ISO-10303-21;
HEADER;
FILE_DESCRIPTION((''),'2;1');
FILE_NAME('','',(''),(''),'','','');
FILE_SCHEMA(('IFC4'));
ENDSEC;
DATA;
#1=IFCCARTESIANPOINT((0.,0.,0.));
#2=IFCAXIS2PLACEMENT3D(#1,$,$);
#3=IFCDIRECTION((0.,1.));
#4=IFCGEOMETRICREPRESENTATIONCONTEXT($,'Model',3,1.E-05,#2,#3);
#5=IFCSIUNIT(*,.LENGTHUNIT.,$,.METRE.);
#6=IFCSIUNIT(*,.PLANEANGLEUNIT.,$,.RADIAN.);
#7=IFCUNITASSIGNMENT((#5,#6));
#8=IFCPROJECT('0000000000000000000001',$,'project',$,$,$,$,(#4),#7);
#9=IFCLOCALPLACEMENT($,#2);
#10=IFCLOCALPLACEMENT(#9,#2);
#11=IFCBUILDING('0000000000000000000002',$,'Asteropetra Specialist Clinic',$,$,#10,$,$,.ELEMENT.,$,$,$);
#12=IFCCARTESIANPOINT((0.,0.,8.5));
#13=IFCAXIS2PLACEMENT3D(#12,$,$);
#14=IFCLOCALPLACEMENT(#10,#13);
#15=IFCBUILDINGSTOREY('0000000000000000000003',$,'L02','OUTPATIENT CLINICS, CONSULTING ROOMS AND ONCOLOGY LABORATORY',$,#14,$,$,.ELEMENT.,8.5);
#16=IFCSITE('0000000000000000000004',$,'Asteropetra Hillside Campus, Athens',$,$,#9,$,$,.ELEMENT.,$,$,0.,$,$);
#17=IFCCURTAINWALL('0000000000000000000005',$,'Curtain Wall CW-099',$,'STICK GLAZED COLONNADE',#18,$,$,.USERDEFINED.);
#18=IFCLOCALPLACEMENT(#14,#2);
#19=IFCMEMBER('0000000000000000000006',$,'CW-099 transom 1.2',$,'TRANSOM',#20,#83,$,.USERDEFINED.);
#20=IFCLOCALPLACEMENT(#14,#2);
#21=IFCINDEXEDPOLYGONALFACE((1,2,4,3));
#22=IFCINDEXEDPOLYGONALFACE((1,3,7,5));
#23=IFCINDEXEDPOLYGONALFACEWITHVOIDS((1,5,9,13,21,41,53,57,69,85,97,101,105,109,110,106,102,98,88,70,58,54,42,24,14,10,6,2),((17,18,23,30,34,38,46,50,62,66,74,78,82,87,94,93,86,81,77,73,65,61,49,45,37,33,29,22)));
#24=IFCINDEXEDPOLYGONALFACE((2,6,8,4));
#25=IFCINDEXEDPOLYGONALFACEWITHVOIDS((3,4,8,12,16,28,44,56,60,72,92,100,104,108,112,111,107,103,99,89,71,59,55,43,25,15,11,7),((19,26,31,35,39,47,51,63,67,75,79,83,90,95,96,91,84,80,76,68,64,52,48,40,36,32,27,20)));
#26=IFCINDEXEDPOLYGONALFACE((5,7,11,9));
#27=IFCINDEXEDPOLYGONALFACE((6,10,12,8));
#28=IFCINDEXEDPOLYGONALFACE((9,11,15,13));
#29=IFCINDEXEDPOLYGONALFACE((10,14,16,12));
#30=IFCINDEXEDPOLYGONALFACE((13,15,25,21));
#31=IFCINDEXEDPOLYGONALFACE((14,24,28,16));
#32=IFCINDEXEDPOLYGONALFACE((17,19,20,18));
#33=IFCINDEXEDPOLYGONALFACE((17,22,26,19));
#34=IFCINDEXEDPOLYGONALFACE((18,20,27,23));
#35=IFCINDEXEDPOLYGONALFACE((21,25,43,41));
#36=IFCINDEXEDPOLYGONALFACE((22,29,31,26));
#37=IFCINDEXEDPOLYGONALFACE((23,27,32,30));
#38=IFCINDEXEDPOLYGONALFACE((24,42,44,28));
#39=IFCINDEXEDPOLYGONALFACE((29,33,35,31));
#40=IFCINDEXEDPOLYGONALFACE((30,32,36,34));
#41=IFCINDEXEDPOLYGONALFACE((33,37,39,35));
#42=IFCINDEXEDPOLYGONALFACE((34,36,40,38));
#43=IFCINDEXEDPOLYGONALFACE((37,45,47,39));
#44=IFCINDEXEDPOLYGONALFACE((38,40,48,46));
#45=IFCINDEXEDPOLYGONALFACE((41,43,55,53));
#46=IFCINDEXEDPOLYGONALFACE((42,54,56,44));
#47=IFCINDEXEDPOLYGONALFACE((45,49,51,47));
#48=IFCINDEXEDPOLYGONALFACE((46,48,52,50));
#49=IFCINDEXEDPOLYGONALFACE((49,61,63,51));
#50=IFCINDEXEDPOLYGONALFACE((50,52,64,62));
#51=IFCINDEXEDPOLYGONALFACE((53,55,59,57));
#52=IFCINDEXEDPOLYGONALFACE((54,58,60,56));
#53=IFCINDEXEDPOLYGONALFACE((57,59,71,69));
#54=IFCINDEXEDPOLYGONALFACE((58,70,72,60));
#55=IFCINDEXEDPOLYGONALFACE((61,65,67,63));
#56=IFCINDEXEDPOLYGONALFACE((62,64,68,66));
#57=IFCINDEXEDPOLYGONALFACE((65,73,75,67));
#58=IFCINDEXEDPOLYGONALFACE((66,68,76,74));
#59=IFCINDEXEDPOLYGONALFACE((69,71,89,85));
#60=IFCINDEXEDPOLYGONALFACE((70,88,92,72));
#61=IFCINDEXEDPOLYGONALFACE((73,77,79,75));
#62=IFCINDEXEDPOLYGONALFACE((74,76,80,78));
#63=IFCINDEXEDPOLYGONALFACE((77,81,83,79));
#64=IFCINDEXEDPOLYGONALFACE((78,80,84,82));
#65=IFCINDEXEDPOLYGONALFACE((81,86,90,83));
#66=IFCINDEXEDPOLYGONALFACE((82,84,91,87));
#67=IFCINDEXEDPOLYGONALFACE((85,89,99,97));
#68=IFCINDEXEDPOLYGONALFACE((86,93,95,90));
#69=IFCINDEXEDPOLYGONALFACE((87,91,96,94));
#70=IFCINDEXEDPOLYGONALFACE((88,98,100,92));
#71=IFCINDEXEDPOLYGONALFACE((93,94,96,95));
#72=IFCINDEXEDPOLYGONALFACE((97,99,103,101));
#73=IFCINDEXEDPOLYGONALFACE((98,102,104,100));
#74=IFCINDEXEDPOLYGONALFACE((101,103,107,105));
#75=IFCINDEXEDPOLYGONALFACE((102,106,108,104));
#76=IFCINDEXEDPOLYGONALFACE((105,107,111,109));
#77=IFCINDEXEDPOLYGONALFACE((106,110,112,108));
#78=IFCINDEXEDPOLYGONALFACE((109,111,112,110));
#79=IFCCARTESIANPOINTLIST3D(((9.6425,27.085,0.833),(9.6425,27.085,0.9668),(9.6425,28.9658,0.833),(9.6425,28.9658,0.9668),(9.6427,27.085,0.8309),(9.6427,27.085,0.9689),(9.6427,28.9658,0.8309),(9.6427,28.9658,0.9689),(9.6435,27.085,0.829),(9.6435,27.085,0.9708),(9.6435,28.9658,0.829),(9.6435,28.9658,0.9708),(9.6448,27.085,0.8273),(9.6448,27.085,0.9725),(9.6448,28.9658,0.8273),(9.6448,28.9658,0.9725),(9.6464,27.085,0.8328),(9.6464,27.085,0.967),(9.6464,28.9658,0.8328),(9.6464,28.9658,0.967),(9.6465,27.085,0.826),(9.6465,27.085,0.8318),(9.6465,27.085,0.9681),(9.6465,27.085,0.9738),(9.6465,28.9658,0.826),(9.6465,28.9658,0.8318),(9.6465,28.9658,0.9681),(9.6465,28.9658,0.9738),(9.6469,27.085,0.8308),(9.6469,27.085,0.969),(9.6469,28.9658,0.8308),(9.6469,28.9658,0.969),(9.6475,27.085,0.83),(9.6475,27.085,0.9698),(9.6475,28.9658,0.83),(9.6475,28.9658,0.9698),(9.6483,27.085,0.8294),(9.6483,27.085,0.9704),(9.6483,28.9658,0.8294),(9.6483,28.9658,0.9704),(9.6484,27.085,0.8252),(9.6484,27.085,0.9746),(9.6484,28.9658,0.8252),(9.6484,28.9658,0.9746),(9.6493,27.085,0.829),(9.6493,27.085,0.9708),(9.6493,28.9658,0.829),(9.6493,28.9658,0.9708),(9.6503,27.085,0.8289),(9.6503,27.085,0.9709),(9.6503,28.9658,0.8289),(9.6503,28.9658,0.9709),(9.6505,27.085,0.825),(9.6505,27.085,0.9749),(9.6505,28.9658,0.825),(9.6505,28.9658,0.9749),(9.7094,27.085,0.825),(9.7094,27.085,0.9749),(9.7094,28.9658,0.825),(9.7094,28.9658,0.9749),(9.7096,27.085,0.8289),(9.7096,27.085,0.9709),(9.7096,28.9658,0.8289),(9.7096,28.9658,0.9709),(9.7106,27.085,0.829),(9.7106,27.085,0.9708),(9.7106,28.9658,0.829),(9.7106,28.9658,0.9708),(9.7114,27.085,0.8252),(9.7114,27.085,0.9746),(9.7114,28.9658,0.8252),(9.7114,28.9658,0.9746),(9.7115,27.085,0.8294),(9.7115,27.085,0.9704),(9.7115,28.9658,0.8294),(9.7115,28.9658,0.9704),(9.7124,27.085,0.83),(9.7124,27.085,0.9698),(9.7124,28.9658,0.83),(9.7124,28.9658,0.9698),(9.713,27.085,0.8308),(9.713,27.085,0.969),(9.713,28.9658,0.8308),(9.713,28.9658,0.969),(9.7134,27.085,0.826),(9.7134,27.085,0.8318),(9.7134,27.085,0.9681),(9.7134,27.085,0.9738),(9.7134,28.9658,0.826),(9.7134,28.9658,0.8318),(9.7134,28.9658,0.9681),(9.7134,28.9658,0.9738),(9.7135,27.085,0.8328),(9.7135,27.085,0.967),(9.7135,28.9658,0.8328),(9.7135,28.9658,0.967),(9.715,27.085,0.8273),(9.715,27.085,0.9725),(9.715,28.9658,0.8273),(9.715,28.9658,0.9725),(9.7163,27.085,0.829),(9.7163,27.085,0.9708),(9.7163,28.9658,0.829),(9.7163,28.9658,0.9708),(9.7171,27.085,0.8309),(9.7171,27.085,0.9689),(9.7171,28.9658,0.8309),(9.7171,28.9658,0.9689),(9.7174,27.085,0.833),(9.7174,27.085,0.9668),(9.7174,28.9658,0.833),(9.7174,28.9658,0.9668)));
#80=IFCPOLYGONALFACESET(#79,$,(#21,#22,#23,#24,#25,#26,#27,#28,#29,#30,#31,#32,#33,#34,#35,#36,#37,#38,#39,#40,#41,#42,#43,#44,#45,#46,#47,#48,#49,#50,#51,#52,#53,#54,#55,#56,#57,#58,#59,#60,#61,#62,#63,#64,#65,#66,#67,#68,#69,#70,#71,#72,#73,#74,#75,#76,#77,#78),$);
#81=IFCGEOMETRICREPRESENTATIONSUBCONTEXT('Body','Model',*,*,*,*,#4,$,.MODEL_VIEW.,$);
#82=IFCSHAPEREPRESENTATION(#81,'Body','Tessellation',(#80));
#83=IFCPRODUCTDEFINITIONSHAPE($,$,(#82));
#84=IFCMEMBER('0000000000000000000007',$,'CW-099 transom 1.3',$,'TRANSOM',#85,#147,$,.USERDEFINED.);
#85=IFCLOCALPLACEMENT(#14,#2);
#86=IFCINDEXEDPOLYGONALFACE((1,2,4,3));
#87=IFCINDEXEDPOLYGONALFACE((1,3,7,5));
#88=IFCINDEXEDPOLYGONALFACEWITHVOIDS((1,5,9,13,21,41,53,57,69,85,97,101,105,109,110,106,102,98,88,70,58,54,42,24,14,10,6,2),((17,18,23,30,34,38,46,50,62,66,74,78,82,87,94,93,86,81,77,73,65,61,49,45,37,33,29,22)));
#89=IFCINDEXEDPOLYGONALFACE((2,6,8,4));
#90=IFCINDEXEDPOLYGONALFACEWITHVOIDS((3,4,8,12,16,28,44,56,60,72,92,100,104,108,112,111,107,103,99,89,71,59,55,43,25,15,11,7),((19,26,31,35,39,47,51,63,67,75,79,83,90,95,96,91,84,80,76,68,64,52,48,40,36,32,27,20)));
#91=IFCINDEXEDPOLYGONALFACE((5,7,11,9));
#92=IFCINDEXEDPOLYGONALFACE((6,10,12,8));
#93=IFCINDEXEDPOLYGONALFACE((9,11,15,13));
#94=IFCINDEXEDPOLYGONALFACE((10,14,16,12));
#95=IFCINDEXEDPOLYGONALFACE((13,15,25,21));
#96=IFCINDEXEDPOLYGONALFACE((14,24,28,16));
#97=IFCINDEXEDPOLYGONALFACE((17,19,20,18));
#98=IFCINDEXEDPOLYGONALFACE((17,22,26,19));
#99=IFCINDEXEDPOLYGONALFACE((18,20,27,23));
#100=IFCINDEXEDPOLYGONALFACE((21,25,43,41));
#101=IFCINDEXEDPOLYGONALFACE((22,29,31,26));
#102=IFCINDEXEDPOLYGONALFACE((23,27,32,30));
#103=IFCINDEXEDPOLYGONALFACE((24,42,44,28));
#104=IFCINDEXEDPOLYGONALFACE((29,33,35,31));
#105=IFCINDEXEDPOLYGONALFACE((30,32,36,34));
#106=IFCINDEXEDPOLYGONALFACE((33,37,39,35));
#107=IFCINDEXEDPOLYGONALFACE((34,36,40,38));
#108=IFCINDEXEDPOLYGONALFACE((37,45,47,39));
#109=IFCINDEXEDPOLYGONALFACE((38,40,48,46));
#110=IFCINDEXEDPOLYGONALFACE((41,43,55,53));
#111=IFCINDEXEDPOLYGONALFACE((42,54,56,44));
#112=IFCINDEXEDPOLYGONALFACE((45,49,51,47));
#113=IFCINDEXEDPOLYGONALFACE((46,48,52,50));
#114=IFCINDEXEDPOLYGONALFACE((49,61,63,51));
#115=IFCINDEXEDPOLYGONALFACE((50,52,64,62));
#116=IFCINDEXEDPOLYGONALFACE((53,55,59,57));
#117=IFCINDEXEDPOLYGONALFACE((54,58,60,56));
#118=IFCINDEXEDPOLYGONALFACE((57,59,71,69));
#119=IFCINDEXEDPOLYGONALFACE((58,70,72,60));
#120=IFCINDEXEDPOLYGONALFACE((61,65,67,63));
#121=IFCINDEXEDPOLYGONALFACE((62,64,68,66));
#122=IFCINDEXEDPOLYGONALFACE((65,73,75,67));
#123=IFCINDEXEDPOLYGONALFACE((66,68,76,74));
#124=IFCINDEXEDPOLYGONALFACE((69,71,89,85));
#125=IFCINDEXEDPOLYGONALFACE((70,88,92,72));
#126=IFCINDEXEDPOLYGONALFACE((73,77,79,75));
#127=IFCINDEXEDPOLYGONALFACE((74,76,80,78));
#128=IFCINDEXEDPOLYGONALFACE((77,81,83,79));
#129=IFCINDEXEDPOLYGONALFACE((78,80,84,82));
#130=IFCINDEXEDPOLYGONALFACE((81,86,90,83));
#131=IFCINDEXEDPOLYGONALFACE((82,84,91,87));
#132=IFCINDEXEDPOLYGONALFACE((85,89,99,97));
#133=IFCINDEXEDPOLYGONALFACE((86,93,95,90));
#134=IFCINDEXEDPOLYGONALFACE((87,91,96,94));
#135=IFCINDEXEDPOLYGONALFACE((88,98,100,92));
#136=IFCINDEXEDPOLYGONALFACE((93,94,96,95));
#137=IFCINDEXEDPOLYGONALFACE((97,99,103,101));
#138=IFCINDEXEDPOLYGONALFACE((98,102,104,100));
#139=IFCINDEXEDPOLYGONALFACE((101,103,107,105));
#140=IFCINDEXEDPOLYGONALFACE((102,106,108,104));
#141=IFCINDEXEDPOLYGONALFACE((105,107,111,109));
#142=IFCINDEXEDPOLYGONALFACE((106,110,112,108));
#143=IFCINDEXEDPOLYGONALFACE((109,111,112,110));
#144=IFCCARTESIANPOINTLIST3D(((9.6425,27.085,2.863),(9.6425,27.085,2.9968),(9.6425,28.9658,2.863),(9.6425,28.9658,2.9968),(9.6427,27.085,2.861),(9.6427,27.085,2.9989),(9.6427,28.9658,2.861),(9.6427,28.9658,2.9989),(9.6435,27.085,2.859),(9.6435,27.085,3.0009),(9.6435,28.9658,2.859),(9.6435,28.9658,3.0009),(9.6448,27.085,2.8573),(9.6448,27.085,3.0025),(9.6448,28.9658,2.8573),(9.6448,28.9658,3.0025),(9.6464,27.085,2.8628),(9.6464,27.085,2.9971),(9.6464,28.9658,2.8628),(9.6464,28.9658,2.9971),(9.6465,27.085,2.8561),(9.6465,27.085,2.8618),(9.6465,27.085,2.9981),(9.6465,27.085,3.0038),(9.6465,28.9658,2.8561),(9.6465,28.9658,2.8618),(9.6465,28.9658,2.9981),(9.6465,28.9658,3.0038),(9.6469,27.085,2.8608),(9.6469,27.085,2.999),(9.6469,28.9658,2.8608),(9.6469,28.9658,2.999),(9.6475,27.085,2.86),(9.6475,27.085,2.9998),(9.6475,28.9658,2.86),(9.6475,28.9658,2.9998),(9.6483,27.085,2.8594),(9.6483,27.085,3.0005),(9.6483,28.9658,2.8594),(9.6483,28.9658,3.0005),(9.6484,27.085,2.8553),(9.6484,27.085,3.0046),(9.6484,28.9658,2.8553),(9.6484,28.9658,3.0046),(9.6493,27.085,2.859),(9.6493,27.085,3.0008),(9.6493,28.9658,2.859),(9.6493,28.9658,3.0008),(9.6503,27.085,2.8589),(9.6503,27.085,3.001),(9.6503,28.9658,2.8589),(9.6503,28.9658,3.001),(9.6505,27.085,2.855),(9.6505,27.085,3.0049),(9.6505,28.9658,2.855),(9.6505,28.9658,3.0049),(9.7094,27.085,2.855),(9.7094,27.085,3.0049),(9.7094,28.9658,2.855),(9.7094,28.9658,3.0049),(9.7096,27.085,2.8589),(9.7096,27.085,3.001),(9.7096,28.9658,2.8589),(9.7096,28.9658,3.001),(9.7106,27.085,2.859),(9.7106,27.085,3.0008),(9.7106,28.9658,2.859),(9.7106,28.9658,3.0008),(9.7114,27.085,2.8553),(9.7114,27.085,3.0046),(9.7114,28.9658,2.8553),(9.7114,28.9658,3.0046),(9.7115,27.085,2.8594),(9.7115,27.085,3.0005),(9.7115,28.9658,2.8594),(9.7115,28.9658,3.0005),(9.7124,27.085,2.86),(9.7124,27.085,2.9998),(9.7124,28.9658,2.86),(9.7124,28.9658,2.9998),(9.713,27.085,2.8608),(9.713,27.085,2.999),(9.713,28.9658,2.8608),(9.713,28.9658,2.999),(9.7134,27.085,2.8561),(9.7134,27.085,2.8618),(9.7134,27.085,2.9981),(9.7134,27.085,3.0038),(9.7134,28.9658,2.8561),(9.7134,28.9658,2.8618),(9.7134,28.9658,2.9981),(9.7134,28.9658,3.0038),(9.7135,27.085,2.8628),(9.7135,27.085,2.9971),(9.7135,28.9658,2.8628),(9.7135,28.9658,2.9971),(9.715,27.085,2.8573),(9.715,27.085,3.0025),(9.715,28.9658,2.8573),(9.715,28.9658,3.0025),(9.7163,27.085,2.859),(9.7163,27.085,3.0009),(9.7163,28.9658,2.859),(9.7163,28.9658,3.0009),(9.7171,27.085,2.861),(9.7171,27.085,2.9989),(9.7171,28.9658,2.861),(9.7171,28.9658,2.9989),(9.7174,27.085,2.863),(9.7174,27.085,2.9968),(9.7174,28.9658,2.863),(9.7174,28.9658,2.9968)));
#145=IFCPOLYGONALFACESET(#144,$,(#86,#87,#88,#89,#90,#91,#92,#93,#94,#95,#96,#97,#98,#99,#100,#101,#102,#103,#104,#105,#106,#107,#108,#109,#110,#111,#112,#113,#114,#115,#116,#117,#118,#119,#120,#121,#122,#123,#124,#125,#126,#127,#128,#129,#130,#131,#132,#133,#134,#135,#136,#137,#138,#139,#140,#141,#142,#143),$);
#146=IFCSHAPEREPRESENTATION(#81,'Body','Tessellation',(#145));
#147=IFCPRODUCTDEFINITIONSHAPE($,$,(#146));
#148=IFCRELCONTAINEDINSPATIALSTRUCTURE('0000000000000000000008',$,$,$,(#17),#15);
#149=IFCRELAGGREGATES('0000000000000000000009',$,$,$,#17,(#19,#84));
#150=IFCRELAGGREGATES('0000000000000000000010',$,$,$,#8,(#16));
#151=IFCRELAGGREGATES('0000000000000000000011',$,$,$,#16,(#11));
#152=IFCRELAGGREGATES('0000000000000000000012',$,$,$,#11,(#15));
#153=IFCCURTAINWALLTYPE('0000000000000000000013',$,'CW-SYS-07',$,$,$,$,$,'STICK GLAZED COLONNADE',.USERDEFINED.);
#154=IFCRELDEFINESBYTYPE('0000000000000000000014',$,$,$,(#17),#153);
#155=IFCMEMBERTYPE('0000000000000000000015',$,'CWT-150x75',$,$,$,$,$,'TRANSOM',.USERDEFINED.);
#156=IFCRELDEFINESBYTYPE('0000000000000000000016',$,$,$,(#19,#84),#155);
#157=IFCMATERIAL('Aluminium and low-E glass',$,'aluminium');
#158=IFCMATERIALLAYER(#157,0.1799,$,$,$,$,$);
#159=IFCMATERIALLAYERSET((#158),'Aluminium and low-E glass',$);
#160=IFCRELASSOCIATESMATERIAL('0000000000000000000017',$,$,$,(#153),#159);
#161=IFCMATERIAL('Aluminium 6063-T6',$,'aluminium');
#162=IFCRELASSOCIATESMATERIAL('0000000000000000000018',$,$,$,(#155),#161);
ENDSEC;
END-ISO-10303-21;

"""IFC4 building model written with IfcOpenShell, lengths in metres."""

from ifc_helpers import new_model, si_unit, direction, frame, origin, origin_2d, place, context, subcontext, project, spatial, hollow_rectangle, extrude, material, layer, layer_set, material_profile, profile_set, type_object, element, aggregate, save


model = new_model("IFC4")

# Units and contexts
model_context = context("Model", 3, precision=1e-05, world=origin(), true_north=direction((0.0, 1.0)))
body_context = subcontext(model_context, "Body", "Model", "MODEL_VIEW")
ifc_project = project(units=[si_unit("LENGTHUNIT", "METRE"), si_unit("PLANEANGLEUNIT", "RADIAN")], contexts=[model_context])

# Site, building, storey
site_placement = place(None, origin())
site = spatial("IfcSite", under=ifc_project, at=site_placement, Name="Asteropetra Hillside Campus, Athens", CompositionType="ELEMENT", RefElevation=0.0)
building_placement = place(site_placement, origin())
building = spatial("IfcBuilding", under=site, at=building_placement, Name="Asteropetra Specialist Clinic", CompositionType="ELEMENT")
storey_placement = place(building_placement, frame((0.0, 0.0, 8.5)))
storey = spatial("IfcBuildingStorey", under=building, at=storey_placement, Name="L02", Description="OUTPATIENT CLINICS, CONSULTING ROOMS AND ONCOLOGY LABORATORY", CompositionType="ELEMENT", Elevation=8.5)

# Curtain wall, members
ifc_material_1 = material(Name="Aluminium and low-E glass", Category="aluminium")
ifc_layer_1 = layer(ifc_material_1, 0.1799)
ifc_layer_set_1 = layer_set([ifc_layer_1], Name="Aluminium and low-E glass")
curtain_wall_type = type_object("IfcCurtainWallType", Name="CW-SYS-07", ElementType="STICK GLAZED COLONNADE", PredefinedType="USERDEFINED", material=ifc_layer_set_1)
curtain_wall_placement = place(storey_placement, origin())
curtain_wall = element("IfcCurtainWall", 1, at=curtain_wall_placement, inside=storey, type_object=curtain_wall_type, Name="Curtain Wall CW-099", ObjectType="STICK GLAZED COLONNADE", PredefinedType="USERDEFINED")
ifc_material_2 = material(Name="Aluminium 6063-T6", Category="aluminium")
ifc_material_profile_1 = material_profile(ifc_material_2, hollow_rectangle(XDim=0.075, YDim=0.1499, WallThickness=0.0039, InnerFilletRadius=0.0039, OuterFilletRadius=0.0081, at=origin_2d()), Name="TRN 150x75x4.0")
ifc_profile_set_1 = profile_set([ifc_material_profile_1], Name="Aluminium 6063-T6")
member_type_1 = type_object("IfcMemberType", Name="CWT-150x75", ElementType="TRANSOM", PredefinedType="USERDEFINED", material=ifc_profile_set_1)
member_1_placement = place(storey_placement, frame((9.6799, 27.085, 0.8999), z_axis=(0.0, 1.0, 0.0), x_axis=(-1.0, 0.0, 0.0)))
member_1 = element("IfcMember", 2, at=member_1_placement, type_object=member_type_1, Name="CW-099 transom 1.2", ObjectType="TRANSOM", PredefinedType="USERDEFINED", context=body_context, shape_type="SweptSolid", body=[
    extrude(hollow_rectangle(XDim=0.075, YDim=0.1499, WallThickness=0.0039, InnerFilletRadius=0.0039, OuterFilletRadius=0.0081, at=origin_2d()), origin(), (0.0, 0.0, 1.0), 1.8809),
])
member_2_placement = place(storey_placement, frame((9.6799, 27.085, 2.9299), z_axis=(0.0, 1.0, 0.0), x_axis=(-1.0, 0.0, 0.0)))
member_2 = element("IfcMember", 3, at=member_2_placement, type_object=member_type_1, Name="CW-099 transom 1.3", ObjectType="TRANSOM", PredefinedType="USERDEFINED", context=body_context, shape_type="SweptSolid", body=[
    extrude(hollow_rectangle(XDim=0.075, YDim=0.1499, WallThickness=0.0039, InnerFilletRadius=0.0039, OuterFilletRadius=0.0081, at=origin_2d()), origin(), (0.0, 0.0, 1.0), 1.8809),
])

aggregate(curtain_wall, [member_1, member_2])

save(model, "model.ifc")
